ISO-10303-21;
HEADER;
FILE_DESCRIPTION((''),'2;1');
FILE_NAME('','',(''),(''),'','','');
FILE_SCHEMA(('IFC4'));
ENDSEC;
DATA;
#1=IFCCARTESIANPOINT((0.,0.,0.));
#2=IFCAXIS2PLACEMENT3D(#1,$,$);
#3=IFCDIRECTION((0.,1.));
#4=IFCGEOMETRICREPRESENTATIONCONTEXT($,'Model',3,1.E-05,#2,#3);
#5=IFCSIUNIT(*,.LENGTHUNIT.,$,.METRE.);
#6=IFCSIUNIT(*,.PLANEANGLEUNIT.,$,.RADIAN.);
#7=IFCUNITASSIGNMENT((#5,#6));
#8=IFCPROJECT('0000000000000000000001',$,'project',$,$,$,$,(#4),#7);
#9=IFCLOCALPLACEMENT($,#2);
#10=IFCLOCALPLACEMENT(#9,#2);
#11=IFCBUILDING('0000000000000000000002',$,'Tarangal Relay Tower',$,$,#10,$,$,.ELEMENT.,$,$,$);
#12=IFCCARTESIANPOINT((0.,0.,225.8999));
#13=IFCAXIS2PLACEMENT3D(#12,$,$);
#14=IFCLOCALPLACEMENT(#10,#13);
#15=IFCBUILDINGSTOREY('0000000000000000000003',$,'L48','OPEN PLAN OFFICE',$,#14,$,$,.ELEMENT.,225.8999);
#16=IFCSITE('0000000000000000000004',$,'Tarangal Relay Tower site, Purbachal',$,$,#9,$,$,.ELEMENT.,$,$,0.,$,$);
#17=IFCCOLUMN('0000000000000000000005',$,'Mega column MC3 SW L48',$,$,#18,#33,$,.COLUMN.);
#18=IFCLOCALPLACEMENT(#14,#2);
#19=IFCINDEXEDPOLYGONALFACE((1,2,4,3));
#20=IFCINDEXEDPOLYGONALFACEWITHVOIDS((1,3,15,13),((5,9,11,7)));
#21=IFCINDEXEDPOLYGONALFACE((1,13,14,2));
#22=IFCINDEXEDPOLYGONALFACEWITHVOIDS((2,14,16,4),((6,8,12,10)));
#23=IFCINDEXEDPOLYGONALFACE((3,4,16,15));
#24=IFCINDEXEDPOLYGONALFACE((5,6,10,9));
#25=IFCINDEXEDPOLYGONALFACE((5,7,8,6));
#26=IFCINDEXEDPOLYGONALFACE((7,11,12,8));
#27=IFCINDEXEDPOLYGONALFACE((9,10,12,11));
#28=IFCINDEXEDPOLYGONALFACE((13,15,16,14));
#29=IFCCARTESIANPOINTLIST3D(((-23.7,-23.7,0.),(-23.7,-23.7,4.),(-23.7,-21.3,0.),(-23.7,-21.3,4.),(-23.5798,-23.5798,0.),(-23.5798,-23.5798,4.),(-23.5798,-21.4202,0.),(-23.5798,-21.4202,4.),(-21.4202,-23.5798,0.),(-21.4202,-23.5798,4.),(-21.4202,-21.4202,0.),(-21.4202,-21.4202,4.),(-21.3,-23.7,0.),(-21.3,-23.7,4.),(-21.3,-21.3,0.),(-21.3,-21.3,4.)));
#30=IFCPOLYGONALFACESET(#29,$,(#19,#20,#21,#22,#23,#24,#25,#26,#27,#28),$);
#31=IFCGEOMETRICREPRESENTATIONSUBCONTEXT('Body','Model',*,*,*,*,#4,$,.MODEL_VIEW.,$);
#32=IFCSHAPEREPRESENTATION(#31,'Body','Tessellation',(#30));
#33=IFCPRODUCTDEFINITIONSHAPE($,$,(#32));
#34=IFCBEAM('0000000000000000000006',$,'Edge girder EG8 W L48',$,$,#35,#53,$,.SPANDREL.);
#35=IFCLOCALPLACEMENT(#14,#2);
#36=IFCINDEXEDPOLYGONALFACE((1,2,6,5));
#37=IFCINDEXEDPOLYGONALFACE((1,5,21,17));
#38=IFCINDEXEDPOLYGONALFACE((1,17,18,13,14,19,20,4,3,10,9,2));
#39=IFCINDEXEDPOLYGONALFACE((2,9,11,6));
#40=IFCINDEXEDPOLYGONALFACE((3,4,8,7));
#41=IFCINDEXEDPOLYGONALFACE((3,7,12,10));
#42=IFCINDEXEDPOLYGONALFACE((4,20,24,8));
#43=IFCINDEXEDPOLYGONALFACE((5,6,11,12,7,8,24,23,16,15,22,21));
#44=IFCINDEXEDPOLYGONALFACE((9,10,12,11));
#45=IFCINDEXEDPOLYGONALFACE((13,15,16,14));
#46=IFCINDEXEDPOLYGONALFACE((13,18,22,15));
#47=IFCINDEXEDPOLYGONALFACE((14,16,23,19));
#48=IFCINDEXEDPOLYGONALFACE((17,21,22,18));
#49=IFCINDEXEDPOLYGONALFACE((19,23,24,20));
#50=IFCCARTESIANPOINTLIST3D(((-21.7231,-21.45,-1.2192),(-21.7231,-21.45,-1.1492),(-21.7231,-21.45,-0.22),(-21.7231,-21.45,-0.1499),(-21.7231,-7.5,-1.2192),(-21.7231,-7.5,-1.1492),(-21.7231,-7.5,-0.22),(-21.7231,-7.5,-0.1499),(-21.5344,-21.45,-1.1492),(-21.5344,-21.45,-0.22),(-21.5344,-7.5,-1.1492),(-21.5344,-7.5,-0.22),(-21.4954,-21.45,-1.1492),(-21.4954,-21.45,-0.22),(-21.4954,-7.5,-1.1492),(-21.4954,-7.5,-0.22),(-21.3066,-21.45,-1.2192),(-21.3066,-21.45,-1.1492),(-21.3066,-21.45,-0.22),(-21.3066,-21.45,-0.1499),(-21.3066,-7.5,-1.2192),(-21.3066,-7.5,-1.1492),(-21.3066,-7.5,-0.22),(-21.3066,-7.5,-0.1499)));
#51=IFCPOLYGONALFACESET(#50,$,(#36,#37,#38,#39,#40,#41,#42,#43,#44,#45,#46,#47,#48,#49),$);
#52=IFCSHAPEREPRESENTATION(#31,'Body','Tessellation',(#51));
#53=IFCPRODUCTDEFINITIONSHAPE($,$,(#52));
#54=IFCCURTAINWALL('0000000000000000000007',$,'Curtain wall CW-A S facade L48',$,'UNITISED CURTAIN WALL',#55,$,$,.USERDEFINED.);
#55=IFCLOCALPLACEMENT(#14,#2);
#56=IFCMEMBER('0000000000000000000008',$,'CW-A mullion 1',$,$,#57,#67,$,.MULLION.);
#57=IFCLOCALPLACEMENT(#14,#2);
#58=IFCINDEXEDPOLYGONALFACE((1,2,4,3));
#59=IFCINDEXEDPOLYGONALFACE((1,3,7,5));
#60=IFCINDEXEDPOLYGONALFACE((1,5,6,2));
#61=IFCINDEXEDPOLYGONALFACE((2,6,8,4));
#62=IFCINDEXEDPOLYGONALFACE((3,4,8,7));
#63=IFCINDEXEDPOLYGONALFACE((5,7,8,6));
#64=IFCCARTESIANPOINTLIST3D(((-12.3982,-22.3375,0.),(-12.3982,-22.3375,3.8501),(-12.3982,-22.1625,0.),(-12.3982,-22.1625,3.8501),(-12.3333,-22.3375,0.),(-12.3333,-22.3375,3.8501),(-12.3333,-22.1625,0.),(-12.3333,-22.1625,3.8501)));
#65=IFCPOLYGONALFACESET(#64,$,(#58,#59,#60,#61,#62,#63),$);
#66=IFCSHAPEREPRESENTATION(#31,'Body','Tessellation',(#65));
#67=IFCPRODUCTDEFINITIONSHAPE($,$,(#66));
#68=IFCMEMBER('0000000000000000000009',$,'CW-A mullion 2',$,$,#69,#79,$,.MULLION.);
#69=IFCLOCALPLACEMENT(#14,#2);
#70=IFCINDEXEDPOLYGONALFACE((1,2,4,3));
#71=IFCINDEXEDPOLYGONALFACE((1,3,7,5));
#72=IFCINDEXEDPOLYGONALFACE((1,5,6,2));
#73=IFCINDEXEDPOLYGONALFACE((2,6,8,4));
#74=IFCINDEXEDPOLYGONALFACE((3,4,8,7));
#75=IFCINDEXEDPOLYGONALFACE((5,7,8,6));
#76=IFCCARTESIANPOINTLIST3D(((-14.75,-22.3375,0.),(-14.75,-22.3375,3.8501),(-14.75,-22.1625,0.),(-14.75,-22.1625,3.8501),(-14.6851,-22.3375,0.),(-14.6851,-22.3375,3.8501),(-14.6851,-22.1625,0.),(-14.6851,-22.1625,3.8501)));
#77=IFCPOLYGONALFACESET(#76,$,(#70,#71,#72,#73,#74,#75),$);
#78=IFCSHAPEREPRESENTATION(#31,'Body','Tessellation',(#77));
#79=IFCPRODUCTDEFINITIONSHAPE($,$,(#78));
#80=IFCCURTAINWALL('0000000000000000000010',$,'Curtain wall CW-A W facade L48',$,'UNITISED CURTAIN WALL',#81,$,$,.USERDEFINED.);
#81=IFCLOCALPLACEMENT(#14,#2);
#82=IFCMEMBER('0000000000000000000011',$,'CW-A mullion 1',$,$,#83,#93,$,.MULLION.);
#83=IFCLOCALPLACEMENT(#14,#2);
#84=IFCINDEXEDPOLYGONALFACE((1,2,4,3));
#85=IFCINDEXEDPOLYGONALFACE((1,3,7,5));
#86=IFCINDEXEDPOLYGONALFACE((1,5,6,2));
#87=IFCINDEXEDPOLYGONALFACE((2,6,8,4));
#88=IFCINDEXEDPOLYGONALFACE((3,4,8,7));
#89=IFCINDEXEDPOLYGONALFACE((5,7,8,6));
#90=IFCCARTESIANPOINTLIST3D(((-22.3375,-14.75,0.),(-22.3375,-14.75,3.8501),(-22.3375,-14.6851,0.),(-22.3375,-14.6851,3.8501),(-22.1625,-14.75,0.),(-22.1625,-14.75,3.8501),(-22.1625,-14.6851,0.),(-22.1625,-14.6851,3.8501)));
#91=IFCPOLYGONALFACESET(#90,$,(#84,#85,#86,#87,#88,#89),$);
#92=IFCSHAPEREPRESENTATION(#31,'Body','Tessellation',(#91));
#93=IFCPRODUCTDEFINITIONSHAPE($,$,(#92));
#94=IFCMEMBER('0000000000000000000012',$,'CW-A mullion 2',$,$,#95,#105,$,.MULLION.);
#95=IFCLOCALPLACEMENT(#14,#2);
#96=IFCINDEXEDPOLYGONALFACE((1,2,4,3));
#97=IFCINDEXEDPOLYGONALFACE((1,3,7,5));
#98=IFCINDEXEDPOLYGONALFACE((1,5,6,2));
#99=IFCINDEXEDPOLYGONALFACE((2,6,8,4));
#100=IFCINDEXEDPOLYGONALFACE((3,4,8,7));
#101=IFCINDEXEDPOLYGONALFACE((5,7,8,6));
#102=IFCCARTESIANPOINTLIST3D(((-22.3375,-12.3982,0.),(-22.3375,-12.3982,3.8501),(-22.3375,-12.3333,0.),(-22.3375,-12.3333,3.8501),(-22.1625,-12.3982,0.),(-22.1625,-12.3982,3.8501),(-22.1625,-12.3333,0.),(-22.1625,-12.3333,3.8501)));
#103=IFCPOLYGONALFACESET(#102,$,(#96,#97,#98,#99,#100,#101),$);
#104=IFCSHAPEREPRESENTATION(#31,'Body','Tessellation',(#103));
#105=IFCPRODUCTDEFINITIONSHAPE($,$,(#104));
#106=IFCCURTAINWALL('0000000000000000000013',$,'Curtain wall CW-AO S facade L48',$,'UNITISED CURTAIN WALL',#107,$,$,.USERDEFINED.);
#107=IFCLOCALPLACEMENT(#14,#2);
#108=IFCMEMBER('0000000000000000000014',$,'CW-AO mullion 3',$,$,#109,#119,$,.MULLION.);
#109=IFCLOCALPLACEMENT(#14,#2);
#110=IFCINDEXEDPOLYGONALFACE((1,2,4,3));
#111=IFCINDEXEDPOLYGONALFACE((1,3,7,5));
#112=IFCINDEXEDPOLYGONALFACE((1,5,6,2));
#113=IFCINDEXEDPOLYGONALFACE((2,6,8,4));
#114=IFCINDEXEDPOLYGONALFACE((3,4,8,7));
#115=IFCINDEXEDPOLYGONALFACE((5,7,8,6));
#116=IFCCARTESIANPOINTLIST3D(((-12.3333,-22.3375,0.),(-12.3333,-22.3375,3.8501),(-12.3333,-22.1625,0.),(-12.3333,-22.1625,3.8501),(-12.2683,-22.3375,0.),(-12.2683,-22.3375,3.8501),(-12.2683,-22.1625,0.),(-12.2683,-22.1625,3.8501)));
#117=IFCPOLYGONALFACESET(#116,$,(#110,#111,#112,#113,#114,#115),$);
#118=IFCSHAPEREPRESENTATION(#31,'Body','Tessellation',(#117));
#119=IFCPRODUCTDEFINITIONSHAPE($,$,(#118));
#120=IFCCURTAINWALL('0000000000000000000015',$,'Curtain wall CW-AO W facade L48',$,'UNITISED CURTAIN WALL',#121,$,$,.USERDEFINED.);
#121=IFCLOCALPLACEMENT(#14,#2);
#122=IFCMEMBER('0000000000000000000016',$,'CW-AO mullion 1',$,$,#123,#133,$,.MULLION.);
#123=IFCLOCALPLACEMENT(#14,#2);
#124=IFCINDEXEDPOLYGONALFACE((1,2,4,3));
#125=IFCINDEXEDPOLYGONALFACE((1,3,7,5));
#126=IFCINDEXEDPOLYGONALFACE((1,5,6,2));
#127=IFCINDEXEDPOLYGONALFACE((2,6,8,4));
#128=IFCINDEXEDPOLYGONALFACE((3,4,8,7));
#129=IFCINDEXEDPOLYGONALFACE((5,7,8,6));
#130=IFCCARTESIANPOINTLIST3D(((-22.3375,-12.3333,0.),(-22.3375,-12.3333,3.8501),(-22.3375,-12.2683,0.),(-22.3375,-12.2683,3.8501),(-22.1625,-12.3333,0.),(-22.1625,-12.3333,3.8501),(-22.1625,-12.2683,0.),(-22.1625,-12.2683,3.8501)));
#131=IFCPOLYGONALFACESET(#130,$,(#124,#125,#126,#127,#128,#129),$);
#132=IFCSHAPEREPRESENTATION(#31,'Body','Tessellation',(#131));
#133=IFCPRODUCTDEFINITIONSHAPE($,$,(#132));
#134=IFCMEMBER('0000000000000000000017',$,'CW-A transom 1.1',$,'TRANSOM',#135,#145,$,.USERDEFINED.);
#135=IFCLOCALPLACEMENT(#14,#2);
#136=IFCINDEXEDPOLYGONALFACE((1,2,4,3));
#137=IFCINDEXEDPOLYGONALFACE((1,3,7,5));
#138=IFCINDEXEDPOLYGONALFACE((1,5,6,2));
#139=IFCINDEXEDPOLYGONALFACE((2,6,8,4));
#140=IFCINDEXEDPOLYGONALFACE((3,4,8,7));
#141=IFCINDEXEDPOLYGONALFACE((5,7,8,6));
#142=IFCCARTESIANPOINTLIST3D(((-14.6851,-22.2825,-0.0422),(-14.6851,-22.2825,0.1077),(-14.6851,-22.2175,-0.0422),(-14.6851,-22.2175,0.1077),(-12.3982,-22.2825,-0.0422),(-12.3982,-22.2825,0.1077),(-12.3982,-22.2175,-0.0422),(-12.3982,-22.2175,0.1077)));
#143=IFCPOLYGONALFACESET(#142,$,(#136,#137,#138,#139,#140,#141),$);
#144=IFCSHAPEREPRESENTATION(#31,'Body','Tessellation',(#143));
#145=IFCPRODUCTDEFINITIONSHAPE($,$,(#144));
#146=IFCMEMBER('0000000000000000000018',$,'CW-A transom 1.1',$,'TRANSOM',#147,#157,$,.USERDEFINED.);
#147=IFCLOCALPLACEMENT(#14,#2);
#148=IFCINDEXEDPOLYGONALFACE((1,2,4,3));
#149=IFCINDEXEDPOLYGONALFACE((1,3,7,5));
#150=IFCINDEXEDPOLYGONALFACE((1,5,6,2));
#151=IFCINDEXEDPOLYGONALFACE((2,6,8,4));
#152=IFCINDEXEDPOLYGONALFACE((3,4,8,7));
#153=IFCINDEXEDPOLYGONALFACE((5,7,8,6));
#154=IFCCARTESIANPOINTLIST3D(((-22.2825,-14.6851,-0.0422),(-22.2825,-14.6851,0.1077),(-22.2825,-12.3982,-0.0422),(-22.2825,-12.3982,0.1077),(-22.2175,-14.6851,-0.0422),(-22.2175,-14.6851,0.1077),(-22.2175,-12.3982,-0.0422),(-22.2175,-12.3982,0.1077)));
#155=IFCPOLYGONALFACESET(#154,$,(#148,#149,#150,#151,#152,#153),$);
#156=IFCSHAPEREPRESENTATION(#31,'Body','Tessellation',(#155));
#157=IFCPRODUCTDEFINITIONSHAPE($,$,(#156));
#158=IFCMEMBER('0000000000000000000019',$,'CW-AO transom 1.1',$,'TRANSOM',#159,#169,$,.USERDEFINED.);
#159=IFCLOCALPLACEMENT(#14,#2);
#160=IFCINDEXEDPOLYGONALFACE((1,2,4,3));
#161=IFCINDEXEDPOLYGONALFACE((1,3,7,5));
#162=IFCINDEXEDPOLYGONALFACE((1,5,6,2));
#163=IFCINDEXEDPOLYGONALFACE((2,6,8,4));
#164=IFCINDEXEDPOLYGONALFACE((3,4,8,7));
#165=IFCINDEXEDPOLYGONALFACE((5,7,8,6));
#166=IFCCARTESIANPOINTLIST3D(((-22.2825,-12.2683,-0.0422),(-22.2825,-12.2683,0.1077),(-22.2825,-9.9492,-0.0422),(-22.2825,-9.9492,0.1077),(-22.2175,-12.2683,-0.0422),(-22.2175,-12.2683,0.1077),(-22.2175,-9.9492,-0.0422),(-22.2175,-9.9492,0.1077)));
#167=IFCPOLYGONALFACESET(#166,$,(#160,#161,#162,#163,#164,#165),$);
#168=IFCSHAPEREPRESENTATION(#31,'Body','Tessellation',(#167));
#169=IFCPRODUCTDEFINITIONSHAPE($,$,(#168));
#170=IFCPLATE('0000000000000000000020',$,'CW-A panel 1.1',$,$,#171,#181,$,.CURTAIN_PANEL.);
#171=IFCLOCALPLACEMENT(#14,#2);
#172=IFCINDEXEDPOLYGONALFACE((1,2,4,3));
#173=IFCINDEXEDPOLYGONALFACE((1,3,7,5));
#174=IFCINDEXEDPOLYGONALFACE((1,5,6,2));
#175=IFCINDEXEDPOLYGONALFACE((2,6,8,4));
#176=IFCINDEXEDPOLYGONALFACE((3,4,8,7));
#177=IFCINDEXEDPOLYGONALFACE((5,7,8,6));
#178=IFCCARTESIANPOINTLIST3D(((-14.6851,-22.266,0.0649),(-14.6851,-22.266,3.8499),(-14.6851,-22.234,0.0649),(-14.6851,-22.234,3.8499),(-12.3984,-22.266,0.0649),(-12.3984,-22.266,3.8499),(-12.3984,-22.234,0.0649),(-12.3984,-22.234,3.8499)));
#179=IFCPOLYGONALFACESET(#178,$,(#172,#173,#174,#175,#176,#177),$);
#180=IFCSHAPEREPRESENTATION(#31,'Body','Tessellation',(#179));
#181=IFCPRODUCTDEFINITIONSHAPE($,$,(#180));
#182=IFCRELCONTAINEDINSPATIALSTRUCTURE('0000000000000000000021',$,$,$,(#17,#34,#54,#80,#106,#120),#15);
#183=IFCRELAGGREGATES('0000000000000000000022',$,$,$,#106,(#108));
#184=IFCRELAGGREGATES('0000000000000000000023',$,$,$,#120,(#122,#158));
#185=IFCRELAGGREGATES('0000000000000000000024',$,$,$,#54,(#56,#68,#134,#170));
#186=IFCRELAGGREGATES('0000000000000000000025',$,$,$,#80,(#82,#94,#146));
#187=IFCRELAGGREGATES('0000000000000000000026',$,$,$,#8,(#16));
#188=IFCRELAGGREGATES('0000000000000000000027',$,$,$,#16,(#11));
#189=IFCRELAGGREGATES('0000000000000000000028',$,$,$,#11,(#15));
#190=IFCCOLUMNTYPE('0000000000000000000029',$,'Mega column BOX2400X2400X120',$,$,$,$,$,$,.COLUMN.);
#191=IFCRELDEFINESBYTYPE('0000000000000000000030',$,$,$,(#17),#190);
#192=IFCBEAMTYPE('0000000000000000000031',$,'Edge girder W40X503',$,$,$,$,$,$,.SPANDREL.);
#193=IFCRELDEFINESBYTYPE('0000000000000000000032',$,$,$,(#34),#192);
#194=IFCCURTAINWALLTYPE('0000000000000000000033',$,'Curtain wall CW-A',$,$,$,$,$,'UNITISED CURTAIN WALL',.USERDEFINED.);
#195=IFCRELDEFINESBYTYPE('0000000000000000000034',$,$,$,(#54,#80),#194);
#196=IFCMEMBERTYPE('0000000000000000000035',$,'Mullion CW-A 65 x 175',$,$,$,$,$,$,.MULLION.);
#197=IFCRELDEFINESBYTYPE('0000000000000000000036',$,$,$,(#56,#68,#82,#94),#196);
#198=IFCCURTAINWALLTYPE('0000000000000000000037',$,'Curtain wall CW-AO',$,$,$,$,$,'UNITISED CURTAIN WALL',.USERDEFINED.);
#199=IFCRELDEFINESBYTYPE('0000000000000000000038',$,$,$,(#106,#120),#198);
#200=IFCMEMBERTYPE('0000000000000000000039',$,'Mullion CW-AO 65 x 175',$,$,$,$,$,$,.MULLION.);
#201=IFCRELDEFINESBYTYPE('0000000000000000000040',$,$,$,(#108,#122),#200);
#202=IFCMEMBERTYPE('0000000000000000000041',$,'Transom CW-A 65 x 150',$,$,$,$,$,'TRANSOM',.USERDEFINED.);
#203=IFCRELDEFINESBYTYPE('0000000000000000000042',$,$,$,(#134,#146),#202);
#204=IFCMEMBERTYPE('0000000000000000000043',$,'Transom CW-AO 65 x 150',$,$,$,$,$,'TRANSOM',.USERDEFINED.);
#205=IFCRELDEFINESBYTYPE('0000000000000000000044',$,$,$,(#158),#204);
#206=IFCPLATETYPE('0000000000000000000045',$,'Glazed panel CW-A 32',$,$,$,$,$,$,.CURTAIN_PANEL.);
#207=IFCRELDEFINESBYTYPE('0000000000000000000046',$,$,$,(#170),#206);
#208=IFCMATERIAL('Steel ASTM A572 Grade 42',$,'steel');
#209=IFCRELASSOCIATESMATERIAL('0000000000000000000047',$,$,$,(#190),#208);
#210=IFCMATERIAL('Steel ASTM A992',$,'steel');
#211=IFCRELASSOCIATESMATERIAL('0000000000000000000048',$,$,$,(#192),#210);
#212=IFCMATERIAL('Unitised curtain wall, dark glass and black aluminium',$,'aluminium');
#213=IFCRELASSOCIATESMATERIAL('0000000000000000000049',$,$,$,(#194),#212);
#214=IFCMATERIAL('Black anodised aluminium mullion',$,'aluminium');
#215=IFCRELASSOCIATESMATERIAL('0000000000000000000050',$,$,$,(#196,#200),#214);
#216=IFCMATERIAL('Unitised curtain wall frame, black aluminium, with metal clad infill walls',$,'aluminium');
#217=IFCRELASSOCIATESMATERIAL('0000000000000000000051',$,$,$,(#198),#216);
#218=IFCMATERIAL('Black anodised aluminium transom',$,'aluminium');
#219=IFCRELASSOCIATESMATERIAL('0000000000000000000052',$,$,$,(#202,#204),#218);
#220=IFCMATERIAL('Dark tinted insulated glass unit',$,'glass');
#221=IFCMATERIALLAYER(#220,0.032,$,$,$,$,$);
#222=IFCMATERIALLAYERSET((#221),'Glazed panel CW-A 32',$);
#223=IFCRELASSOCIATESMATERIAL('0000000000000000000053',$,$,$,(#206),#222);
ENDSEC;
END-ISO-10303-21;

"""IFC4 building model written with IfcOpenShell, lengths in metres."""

from ifc_helpers import new_model, si_unit, direction, frame, origin, origin_2d, place, context, subcontext, project, spatial, rectangle, hollow_rectangle, i_section, extrude, material, layer, layer_set, material_profile, profile_set, type_object, element, aggregate, save


model = new_model("IFC4")

# Units and contexts
model_context = context("Model", 3, precision=1e-05, world=origin(), true_north=direction((0.0, 1.0)))
body_context = subcontext(model_context, "Body", "Model", "MODEL_VIEW")
ifc_project = project(units=[si_unit("LENGTHUNIT", "METRE"), si_unit("PLANEANGLEUNIT", "RADIAN")], contexts=[model_context])

# Site, building, storey
site_placement = place(None, origin())
site = spatial("IfcSite", under=ifc_project, at=site_placement, Name="Tarangal Relay Tower site, Purbachal", CompositionType="ELEMENT", RefElevation=0.0)
building_placement = place(site_placement, origin())
building = spatial("IfcBuilding", under=site, at=building_placement, Name="Tarangal Relay Tower", CompositionType="ELEMENT")
storey_placement = place(building_placement, frame((0.0, 0.0, 225.8999)))
storey = spatial("IfcBuildingStorey", under=building, at=storey_placement, Name="L48", Description="OPEN PLAN OFFICE", CompositionType="ELEMENT", Elevation=225.8999)

# Column
ifc_material_1 = material(Name="Steel ASTM A572 Grade 42", Category="steel")
ifc_material_profile_1 = material_profile(ifc_material_1, hollow_rectangle(XDim=2.3999, YDim=2.3999, WallThickness=0.1201, at=origin_2d()), Name="BOX2400X2400X120")
ifc_profile_set_1 = profile_set([ifc_material_profile_1], Name="Steel ASTM A572 Grade 42")
column_type = type_object("IfcColumnType", Name="Mega column BOX2400X2400X120", PredefinedType="COLUMN", material=ifc_profile_set_1)
column_placement = place(storey_placement, frame((-22.5, -22.5, 0.0), z_axis=(0.0, 0.0, 1.0), x_axis=(1.0, 0.0, 0.0)))
element("IfcColumn", 1, at=column_placement, inside=storey, type_object=column_type, Name="Mega column MC3 SW L48", PredefinedType="COLUMN", context=body_context, shape_type="SweptSolid", body=[
    extrude(hollow_rectangle(XDim=2.3999, YDim=2.3999, WallThickness=0.1201, at=origin_2d()), origin(), (0.0, 0.0, 1.0), 4.0),
])

# Beam
ifc_material_2 = material(Name="Steel ASTM A992", Category="steel")
ifc_material_profile_2 = material_profile(ifc_material_2, i_section(OverallWidth=0.4165, OverallDepth=1.0693, WebThickness=0.0391, FlangeThickness=0.0701, at=origin_2d()), Name="W40X503")
ifc_profile_set_2 = profile_set([ifc_material_profile_2], Name="Steel ASTM A992")
beam_type = type_object("IfcBeamType", Name="Edge girder W40X503", PredefinedType="SPANDREL", material=ifc_profile_set_2)
beam_placement = place(storey_placement, frame((-21.5149, -21.45, -0.6846), z_axis=(0.0, 1.0, 0.0), x_axis=(-1.0, 0.0, 0.0)))
element("IfcBeam", 2, at=beam_placement, inside=storey, type_object=beam_type, Name="Edge girder EG8 W L48", PredefinedType="SPANDREL", context=body_context, shape_type="SweptSolid", body=[
    extrude(i_section(OverallWidth=0.4165, OverallDepth=1.0693, WebThickness=0.0391, FlangeThickness=0.0701, at=origin_2d()), origin(), (0.0, 0.0, 1.0), 13.95),
])

# Curtain walls, members
ifc_material_3 = material(Name="Unitised curtain wall, dark glass and black aluminium", Category="aluminium")
curtain_wall_type_1 = type_object("IfcCurtainWallType", Name="Curtain wall CW-A", ElementType="UNITISED CURTAIN WALL", PredefinedType="USERDEFINED", material=ifc_material_3)
curtain_wall_1_placement = place(storey_placement, origin())
curtain_wall_1 = element("IfcCurtainWall", 3, at=curtain_wall_1_placement, inside=storey, type_object=curtain_wall_type_1, Name="Curtain wall CW-A S facade L48", ObjectType="UNITISED CURTAIN WALL", PredefinedType="USERDEFINED")
ifc_material_4 = material(Name="Black anodised aluminium mullion", Category="aluminium")
ifc_material_profile_3 = material_profile(ifc_material_4, rectangle(XDim=0.175, YDim=0.0649, at=origin_2d()), Name="CW-AM 65X175")
ifc_profile_set_3 = profile_set([ifc_material_profile_3], Name="Black anodised aluminium mullion")
member_type_1 = type_object("IfcMemberType", Name="Mullion CW-A 65 x 175", PredefinedType="MULLION", material=ifc_profile_set_3)
member_1_placement = place(storey_placement, frame((-12.3657, -22.25, 0.0), z_axis=(0.0, 0.0, 1.0), x_axis=(0.0, -1.0, 0.0)))
member_1 = element("IfcMember", 4, at=member_1_placement, type_object=member_type_1, Name="CW-A mullion 1", PredefinedType="MULLION", context=body_context, shape_type="SweptSolid", body=[
    extrude(rectangle(XDim=0.175, YDim=0.0649, at=origin_2d()), origin(), (0.0, 0.0, 1.0), 3.8501),
])
member_2_placement = place(storey_placement, frame((-14.7175, -22.25, 0.0), z_axis=(0.0, 0.0, 1.0), x_axis=(0.0, -1.0, 0.0)))
member_2 = element("IfcMember", 5, at=member_2_placement, type_object=member_type_1, Name="CW-A mullion 2", PredefinedType="MULLION", context=body_context, shape_type="SweptSolid", body=[
    extrude(rectangle(XDim=0.175, YDim=0.0649, at=origin_2d()), origin(), (0.0, 0.0, 1.0), 3.8501),
])
curtain_wall_2_placement = place(storey_placement, origin())
curtain_wall_2 = element("IfcCurtainWall", 6, at=curtain_wall_2_placement, inside=storey, type_object=curtain_wall_type_1, Name="Curtain wall CW-A W facade L48", ObjectType="UNITISED CURTAIN WALL", PredefinedType="USERDEFINED")
member_3_placement = place(storey_placement, frame((-22.25, -14.7175, 0.0), z_axis=(0.0, 0.0, 1.0), x_axis=(-1.0, 0.0, 0.0)))
member_3 = element("IfcMember", 7, at=member_3_placement, type_object=member_type_1, Name="CW-A mullion 1", PredefinedType="MULLION", context=body_context, shape_type="SweptSolid", body=[
    extrude(rectangle(XDim=0.175, YDim=0.0649, at=origin_2d()), origin(), (0.0, 0.0, 1.0), 3.8501),
])
member_4_placement = place(storey_placement, frame((-22.25, -12.3657, 0.0), z_axis=(0.0, 0.0, 1.0), x_axis=(-1.0, 0.0, 0.0)))
member_4 = element("IfcMember", 8, at=member_4_placement, type_object=member_type_1, Name="CW-A mullion 2", PredefinedType="MULLION", context=body_context, shape_type="SweptSolid", body=[
    extrude(rectangle(XDim=0.175, YDim=0.0649, at=origin_2d()), origin(), (0.0, 0.0, 1.0), 3.8501),
])

# Curtain walls, members
ifc_material_5 = material(Name="Unitised curtain wall frame, black aluminium, with metal clad infill walls", Category="aluminium")
curtain_wall_type_2 = type_object("IfcCurtainWallType", Name="Curtain wall CW-AO", ElementType="UNITISED CURTAIN WALL", PredefinedType="USERDEFINED", material=ifc_material_5)
curtain_wall_3_placement = place(storey_placement, origin())
curtain_wall_3 = element("IfcCurtainWall", 9, at=curtain_wall_3_placement, inside=storey, type_object=curtain_wall_type_2, Name="Curtain wall CW-AO S facade L48", ObjectType="UNITISED CURTAIN WALL", PredefinedType="USERDEFINED")
ifc_material_profile_4 = material_profile(ifc_material_4, rectangle(XDim=0.175, YDim=0.0649, at=origin_2d()), Name="CW-AOM 65X175")
ifc_profile_set_4 = profile_set([ifc_material_profile_4], Name="Black anodised aluminium mullion")
member_type_2 = type_object("IfcMemberType", Name="Mullion CW-AO 65 x 175", PredefinedType="MULLION", material=ifc_profile_set_4)
member_5_placement = place(storey_placement, frame((-12.3008, -22.25, 0.0), z_axis=(0.0, 0.0, 1.0), x_axis=(0.0, -1.0, 0.0)))
member_5 = element("IfcMember", 10, at=member_5_placement, type_object=member_type_2, Name="CW-AO mullion 3", PredefinedType="MULLION", context=body_context, shape_type="SweptSolid", body=[
    extrude(rectangle(XDim=0.175, YDim=0.0649, at=origin_2d()), origin(), (0.0, 0.0, 1.0), 3.8501),
])
aggregate(curtain_wall_3, [member_5])
curtain_wall_4_placement = place(storey_placement, origin())
curtain_wall_4 = element("IfcCurtainWall", 11, at=curtain_wall_4_placement, inside=storey, type_object=curtain_wall_type_2, Name="Curtain wall CW-AO W facade L48", ObjectType="UNITISED CURTAIN WALL", PredefinedType="USERDEFINED")
member_6_placement = place(storey_placement, frame((-22.25, -12.3008, 0.0), z_axis=(0.0, 0.0, 1.0), x_axis=(-1.0, 0.0, 0.0)))
member_6 = element("IfcMember", 12, at=member_6_placement, type_object=member_type_2, Name="CW-AO mullion 1", PredefinedType="MULLION", context=body_context, shape_type="SweptSolid", body=[
    extrude(rectangle(XDim=0.175, YDim=0.0649, at=origin_2d()), origin(), (0.0, 0.0, 1.0), 3.8501),
])

# Members
ifc_material_6 = material(Name="Black anodised aluminium transom", Category="aluminium")
ifc_material_profile_5 = material_profile(ifc_material_6, rectangle(XDim=0.0649, YDim=0.1499, at=origin_2d()), Name="CW-AT 65X150")
ifc_profile_set_5 = profile_set([ifc_material_profile_5], Name="Black anodised aluminium transom")
member_type_3 = type_object("IfcMemberType", Name="Transom CW-A 65 x 150", ElementType="TRANSOM", PredefinedType="USERDEFINED", material=ifc_profile_set_5)
member_7_placement = place(storey_placement, frame((-12.3982, -22.25, 0.0327), z_axis=(-1.0, 0.0, 0.0), x_axis=(0.0, -1.0, 0.0)))
member_7 = element("IfcMember", 13, at=member_7_placement, type_object=member_type_3, Name="CW-A transom 1.1", ObjectType="TRANSOM", PredefinedType="USERDEFINED", context=body_context, shape_type="SweptSolid", body=[
    extrude(rectangle(XDim=0.0649, YDim=0.1499, at=origin_2d()), origin(), (0.0, 0.0, 1.0), 2.2869),
])
member_8_placement = place(storey_placement, frame((-22.25, -14.6851, 0.0327), z_axis=(0.0, 1.0, 0.0), x_axis=(-1.0, 0.0, 0.0)))
member_8 = element("IfcMember", 14, at=member_8_placement, type_object=member_type_3, Name="CW-A transom 1.1", ObjectType="TRANSOM", PredefinedType="USERDEFINED", context=body_context, shape_type="SweptSolid", body=[
    extrude(rectangle(XDim=0.0649, YDim=0.1499, at=origin_2d()), origin(), (0.0, 0.0, 1.0), 2.2869),
])
ifc_material_profile_6 = material_profile(ifc_material_6, rectangle(XDim=0.0649, YDim=0.1499, at=origin_2d()), Name="CW-AOT 65X150")
ifc_profile_set_6 = profile_set([ifc_material_profile_6], Name="Black anodised aluminium transom")
member_type_4 = type_object("IfcMemberType", Name="Transom CW-AO 65 x 150", ElementType="TRANSOM", PredefinedType="USERDEFINED", material=ifc_profile_set_6)
member_9_placement = place(storey_placement, frame((-22.25, -12.2683, 0.0327), z_axis=(0.0, 1.0, 0.0), x_axis=(-1.0, 0.0, 0.0)))
member_9 = element("IfcMember", 15, at=member_9_placement, type_object=member_type_4, Name="CW-AO transom 1.1", ObjectType="TRANSOM", PredefinedType="USERDEFINED", context=body_context, shape_type="SweptSolid", body=[
    extrude(rectangle(XDim=0.0649, YDim=0.1499, at=origin_2d()), origin(), (0.0, 0.0, 1.0), 2.3191),
])
aggregate(curtain_wall_4, [member_6, member_9])

# Plate
ifc_material_7 = material(Name="Dark tinted insulated glass unit", Category="glass")
ifc_layer_1 = layer(ifc_material_7, 0.032)
ifc_layer_set_1 = layer_set([ifc_layer_1], Name="Glazed panel CW-A 32")
plate_type_1 = type_object("IfcPlateType", Name="Glazed panel CW-A 32", PredefinedType="CURTAIN_PANEL", material=ifc_layer_set_1)
plate_1_placement = place(storey_placement, frame((-13.5417, -22.25, 0.0649), z_axis=(0.0, 0.0, 1.0), x_axis=(-1.0, 0.0, 0.0)))
plate_1 = element("IfcPlate", 16, at=plate_1_placement, type_object=plate_type_1, Name="CW-A panel 1.1", PredefinedType="CURTAIN_PANEL", context=body_context, shape_type="SweptSolid", body=[
    extrude(rectangle(XDim=2.2866, YDim=0.032, at=origin_2d()), origin(), (0.0, 0.0, 1.0), 3.7849),
])
aggregate(curtain_wall_1, [member_1, member_2, member_7, plate_1])
aggregate(curtain_wall_2, [member_3, member_4, member_8])

save(model, "model.ifc")
